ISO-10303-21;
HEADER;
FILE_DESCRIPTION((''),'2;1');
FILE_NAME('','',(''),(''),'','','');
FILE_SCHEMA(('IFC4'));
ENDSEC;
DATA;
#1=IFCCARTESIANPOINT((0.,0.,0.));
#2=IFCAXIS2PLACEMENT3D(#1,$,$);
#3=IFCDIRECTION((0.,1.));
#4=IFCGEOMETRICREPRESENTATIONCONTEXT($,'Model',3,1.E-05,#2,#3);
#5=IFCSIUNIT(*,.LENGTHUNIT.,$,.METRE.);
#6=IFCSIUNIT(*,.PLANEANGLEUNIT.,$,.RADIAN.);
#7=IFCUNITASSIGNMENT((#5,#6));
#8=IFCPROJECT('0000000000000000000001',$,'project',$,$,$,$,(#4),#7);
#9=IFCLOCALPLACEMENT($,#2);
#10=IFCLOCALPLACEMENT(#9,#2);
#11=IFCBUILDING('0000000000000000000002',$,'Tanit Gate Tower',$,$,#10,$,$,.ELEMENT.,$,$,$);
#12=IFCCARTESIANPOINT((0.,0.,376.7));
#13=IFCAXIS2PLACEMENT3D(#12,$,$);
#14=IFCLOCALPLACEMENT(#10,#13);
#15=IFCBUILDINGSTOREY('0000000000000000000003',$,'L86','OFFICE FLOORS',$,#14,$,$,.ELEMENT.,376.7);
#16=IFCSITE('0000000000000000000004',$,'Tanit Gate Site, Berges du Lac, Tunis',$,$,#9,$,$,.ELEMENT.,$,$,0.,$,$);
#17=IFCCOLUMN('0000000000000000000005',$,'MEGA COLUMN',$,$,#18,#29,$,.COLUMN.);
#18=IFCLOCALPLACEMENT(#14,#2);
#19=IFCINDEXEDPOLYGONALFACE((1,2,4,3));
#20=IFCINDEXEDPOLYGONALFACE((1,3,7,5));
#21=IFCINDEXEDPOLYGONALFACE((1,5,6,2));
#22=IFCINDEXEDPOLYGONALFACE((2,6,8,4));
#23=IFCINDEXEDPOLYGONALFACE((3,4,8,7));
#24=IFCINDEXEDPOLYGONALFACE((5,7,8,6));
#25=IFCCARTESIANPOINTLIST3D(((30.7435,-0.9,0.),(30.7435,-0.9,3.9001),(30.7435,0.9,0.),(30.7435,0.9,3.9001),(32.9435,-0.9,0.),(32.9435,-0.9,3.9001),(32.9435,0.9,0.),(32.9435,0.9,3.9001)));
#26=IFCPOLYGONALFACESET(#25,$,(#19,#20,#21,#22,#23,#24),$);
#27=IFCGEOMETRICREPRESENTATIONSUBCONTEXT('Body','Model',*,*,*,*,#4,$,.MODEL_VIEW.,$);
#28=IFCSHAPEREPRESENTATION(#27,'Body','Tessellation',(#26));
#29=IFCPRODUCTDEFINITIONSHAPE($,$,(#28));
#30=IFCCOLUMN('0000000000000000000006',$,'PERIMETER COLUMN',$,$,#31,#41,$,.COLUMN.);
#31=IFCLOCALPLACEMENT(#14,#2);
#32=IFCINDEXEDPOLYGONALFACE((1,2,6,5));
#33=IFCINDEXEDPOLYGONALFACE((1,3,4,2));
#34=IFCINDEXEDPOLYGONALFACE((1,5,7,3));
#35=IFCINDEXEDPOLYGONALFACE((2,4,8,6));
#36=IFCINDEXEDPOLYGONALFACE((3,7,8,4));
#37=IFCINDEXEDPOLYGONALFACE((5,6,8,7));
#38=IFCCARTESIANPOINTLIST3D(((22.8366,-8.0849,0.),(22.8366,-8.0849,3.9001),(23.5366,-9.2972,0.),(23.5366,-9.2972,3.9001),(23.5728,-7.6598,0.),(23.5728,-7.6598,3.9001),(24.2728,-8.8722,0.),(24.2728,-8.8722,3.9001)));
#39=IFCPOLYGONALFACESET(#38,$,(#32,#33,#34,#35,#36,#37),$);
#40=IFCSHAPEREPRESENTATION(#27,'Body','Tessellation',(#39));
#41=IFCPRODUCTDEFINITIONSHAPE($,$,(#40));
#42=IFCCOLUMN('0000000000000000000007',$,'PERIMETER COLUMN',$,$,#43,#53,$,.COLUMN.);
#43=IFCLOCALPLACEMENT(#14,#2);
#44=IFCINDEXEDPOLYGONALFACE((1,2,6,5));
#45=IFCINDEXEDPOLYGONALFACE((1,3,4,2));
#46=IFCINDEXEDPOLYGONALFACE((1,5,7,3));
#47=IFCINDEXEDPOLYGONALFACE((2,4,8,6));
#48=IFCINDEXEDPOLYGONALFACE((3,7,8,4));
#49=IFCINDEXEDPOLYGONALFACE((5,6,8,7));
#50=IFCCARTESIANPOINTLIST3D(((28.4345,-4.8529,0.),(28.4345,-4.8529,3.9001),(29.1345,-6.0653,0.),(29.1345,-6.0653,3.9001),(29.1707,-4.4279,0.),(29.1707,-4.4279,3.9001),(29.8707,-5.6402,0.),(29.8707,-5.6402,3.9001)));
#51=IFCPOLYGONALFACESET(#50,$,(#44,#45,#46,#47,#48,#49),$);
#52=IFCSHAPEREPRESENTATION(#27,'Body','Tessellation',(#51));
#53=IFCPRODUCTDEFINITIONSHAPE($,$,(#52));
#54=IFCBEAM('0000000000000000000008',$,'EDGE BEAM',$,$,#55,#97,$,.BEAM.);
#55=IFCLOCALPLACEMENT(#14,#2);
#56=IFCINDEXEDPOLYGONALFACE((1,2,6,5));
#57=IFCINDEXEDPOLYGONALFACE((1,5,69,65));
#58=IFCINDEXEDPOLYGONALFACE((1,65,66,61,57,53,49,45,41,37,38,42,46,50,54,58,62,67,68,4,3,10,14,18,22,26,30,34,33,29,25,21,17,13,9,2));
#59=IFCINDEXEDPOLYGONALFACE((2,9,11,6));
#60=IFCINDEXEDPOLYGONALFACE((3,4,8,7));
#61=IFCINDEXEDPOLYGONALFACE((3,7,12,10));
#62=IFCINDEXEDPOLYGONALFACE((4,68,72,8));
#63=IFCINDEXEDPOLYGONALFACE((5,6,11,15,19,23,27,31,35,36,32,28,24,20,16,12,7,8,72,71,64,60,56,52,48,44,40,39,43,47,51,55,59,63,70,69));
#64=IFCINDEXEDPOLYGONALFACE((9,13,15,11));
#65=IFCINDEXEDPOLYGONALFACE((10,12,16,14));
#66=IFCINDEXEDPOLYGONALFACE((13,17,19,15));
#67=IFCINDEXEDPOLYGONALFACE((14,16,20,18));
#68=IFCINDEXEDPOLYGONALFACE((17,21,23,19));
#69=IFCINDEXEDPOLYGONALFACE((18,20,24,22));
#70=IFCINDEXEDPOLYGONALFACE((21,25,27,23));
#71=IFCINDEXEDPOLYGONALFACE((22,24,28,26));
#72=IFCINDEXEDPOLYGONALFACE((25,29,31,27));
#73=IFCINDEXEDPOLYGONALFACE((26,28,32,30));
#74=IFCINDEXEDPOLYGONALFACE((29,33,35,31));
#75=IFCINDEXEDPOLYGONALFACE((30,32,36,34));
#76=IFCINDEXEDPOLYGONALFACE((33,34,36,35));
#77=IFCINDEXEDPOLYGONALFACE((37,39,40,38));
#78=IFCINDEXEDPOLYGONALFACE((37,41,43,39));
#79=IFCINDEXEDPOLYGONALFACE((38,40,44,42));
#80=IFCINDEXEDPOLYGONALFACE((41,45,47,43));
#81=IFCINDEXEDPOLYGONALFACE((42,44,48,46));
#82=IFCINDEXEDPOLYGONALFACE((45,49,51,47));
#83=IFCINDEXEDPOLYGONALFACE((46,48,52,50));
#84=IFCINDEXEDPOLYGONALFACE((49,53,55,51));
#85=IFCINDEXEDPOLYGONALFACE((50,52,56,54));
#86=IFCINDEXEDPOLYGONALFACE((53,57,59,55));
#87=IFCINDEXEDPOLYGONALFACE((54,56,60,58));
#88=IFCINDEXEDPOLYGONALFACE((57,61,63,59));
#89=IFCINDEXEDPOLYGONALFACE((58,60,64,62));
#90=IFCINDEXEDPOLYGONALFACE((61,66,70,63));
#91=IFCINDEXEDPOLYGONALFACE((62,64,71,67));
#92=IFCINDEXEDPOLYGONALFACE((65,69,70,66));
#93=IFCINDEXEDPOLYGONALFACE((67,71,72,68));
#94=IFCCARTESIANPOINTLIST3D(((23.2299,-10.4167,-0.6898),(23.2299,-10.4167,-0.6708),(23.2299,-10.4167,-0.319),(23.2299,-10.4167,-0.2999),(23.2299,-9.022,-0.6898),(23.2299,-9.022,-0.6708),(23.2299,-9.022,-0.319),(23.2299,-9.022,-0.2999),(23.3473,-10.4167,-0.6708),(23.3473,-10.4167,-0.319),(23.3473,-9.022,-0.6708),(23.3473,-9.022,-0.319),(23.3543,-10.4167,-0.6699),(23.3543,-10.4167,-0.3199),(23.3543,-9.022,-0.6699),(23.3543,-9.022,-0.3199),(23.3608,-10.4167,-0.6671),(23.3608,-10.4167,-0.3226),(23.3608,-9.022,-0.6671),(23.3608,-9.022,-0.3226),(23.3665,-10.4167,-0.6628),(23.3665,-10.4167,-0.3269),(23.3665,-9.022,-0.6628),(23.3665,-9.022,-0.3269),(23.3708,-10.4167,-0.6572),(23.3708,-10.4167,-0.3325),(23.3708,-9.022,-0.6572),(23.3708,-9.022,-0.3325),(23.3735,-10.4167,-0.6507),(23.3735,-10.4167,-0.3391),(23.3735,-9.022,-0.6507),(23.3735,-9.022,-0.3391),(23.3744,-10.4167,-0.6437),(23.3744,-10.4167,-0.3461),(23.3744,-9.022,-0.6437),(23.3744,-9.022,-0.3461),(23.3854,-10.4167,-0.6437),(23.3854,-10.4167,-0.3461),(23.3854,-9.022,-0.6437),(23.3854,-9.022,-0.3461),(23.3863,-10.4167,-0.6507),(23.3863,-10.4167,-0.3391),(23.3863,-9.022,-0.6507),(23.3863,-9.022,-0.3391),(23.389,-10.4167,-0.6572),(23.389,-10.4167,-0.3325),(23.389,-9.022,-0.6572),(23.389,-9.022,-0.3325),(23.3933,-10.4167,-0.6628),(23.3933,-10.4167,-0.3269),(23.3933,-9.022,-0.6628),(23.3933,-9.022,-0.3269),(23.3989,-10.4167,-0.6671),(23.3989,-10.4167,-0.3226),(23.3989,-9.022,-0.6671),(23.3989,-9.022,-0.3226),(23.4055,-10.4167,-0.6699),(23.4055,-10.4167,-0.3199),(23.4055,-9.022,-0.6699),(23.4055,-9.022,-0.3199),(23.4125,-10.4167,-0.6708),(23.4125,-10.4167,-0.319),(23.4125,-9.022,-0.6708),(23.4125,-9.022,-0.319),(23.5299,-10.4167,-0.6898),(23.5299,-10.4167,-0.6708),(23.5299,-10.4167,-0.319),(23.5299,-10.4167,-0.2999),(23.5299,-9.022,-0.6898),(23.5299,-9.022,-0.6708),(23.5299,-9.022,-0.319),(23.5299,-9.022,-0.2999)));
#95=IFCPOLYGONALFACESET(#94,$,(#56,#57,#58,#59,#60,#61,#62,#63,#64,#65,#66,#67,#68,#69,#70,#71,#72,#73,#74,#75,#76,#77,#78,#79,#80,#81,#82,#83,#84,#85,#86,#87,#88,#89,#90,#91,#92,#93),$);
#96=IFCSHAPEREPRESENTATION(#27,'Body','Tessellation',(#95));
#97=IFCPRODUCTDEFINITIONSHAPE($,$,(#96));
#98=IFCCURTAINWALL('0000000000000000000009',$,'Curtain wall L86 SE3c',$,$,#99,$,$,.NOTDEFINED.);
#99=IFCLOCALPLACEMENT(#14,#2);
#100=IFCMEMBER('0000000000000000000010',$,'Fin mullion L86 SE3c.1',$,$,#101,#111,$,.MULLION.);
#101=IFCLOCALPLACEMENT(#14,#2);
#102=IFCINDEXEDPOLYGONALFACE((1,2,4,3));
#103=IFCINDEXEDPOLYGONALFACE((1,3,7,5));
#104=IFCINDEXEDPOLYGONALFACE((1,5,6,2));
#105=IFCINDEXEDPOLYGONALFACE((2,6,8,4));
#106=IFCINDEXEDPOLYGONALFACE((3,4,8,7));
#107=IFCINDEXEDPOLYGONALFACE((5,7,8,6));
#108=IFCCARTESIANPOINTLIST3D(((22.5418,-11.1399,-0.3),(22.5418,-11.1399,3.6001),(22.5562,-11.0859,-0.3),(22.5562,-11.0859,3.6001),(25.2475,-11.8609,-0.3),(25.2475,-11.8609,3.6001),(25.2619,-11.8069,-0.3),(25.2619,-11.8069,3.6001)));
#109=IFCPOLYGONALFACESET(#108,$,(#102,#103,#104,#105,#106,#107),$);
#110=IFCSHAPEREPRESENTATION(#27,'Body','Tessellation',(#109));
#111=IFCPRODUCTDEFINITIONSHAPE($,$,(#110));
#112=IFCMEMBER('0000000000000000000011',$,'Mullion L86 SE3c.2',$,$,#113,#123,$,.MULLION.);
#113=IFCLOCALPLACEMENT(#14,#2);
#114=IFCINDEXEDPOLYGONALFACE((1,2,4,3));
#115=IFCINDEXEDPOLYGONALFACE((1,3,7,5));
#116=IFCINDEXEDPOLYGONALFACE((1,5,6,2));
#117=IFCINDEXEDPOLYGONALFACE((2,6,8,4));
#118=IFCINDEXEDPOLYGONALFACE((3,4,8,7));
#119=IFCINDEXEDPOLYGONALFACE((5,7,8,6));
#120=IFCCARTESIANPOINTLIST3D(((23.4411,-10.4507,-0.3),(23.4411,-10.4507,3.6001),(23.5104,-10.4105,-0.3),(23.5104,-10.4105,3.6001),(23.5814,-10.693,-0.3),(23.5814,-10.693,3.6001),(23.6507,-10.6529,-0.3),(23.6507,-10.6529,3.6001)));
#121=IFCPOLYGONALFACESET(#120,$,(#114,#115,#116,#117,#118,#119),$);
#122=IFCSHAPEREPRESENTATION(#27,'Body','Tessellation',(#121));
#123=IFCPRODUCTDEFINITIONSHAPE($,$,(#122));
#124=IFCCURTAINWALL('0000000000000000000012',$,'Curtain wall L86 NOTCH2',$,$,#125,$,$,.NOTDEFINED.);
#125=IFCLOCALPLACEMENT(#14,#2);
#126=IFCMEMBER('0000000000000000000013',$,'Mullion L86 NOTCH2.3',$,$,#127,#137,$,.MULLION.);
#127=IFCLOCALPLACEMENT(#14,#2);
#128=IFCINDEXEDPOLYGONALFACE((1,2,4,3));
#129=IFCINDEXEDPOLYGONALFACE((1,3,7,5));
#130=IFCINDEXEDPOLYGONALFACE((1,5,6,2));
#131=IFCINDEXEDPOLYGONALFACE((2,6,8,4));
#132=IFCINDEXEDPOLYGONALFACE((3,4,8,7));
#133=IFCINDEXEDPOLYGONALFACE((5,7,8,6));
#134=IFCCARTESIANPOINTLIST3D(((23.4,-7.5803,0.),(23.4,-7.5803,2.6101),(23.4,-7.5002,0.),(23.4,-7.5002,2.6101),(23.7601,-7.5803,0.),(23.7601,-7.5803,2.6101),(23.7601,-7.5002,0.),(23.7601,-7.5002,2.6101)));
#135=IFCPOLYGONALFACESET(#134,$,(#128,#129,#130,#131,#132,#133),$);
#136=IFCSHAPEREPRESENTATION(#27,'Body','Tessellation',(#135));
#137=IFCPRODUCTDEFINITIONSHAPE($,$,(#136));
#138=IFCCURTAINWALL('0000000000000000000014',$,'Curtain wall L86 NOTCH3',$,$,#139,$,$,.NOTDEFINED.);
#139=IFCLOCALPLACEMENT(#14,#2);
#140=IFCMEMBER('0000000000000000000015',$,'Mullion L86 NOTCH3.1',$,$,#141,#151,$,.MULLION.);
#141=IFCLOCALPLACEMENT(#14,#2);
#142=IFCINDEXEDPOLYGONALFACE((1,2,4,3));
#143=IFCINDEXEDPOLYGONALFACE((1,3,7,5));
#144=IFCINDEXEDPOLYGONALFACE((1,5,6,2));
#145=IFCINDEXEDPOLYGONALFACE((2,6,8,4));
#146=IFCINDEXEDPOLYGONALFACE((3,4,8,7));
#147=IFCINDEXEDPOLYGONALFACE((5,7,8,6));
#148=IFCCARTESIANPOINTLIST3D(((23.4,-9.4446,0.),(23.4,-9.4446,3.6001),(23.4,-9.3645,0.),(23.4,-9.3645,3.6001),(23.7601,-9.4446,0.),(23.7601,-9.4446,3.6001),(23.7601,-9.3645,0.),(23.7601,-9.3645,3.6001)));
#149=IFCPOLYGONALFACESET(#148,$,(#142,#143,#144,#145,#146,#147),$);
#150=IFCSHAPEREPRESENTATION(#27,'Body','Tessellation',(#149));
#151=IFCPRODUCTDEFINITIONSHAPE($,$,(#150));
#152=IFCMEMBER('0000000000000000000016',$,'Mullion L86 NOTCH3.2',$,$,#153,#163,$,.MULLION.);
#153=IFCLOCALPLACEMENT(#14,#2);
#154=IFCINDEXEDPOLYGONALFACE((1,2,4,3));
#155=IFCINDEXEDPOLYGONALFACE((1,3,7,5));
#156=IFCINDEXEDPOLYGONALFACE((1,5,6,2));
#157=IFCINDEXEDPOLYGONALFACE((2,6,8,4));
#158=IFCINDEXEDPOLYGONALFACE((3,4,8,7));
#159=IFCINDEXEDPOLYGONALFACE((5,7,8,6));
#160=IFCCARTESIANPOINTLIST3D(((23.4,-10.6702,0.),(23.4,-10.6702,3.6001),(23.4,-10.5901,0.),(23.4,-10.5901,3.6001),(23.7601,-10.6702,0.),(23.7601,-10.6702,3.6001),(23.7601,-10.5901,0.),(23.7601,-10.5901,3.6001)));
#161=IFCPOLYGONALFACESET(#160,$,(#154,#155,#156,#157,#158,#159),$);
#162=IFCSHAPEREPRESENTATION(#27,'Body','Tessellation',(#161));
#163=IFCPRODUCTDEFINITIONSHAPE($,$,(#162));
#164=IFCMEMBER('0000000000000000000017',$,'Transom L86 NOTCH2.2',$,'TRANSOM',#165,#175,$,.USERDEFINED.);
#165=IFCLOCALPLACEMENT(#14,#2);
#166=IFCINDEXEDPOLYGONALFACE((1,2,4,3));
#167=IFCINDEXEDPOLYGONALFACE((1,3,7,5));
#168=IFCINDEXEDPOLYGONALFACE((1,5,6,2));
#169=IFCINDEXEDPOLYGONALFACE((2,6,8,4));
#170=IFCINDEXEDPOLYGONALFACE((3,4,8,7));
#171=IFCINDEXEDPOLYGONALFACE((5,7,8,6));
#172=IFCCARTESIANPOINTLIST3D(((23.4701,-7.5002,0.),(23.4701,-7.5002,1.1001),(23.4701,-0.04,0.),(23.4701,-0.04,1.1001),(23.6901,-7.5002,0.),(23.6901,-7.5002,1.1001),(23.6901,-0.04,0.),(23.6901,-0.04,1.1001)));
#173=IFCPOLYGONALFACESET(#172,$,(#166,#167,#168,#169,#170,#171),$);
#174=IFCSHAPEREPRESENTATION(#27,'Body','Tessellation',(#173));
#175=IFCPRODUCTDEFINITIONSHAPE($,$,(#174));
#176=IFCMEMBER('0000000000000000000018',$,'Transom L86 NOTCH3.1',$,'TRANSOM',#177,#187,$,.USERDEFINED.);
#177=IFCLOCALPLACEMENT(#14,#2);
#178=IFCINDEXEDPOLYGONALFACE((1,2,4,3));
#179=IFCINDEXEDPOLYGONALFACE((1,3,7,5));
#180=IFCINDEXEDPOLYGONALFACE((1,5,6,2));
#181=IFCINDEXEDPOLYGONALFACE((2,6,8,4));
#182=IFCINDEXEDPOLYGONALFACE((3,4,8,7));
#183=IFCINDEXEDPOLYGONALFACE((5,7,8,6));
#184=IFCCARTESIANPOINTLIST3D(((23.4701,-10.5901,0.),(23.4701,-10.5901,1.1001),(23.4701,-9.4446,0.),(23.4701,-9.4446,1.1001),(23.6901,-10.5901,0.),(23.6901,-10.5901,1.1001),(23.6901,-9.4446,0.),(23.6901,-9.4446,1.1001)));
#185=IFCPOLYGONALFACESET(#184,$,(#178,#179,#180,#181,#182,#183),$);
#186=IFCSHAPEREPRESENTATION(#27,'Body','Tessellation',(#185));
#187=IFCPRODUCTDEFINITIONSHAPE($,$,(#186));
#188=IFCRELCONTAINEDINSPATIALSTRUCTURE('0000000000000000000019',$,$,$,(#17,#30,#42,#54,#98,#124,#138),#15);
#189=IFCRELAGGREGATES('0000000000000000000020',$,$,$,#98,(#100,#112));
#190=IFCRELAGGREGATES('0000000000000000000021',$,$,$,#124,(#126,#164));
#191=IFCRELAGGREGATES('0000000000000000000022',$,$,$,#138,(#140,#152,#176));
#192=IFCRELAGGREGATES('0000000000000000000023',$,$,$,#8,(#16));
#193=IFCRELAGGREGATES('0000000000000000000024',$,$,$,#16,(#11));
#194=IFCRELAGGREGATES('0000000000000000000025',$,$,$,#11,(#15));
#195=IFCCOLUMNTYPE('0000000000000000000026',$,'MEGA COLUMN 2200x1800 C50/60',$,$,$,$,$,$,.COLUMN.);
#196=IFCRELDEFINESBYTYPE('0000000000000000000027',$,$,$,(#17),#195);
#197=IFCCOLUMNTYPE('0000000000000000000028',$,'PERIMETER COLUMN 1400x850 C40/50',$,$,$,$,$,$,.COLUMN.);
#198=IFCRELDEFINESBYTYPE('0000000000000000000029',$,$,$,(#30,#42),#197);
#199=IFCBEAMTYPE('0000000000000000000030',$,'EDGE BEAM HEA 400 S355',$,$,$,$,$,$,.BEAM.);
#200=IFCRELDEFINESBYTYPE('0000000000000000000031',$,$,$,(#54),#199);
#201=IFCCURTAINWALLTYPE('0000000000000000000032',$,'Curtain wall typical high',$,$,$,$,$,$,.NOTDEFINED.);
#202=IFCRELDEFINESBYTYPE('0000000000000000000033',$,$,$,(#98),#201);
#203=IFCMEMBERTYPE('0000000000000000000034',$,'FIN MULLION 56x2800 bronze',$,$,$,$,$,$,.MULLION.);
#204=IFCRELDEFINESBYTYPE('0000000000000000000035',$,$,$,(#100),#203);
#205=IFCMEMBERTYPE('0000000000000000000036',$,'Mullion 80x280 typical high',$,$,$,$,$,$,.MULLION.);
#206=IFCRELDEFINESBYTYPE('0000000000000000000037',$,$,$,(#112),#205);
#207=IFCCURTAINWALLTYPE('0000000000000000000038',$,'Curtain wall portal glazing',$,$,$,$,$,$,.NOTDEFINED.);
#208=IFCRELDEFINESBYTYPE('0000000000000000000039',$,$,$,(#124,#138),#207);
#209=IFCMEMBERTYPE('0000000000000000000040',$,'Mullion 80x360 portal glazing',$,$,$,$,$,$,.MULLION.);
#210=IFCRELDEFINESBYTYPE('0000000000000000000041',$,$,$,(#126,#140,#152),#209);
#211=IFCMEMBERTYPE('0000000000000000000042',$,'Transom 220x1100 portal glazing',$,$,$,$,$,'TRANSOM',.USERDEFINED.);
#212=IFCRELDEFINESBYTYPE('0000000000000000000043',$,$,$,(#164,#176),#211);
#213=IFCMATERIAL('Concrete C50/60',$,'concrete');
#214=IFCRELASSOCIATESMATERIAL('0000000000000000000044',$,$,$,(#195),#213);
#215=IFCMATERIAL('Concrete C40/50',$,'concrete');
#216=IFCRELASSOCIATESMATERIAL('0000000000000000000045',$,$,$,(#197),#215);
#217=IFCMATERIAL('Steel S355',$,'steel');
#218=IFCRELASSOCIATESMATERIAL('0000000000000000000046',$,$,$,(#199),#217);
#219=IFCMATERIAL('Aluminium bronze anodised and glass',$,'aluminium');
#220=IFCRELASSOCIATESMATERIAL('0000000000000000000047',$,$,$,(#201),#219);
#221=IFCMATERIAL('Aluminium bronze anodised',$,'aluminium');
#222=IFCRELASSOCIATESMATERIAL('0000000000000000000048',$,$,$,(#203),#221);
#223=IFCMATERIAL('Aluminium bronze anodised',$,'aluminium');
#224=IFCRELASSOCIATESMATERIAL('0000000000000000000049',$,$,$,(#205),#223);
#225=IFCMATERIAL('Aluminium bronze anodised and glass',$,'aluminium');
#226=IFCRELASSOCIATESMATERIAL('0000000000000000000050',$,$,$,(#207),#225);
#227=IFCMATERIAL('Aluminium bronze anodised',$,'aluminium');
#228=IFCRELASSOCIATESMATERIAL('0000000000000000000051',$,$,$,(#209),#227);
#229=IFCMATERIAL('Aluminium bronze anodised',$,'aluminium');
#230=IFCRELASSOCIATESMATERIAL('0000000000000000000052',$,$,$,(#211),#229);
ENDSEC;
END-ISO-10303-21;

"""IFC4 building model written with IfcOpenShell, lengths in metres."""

from ifc_helpers import new_model, si_unit, direction, frame, origin, origin_2d, place, context, subcontext, project, spatial, rectangle, i_section, extrude, material, material_profile, profile_set, type_object, element, aggregate, save


model = new_model("IFC4")

# Units and contexts
model_context = context("Model", 3, precision=1e-05, world=origin(), true_north=direction((0.0, 1.0)))
body_context = subcontext(model_context, "Body", "Model", "MODEL_VIEW")
ifc_project = project(units=[si_unit("LENGTHUNIT", "METRE"), si_unit("PLANEANGLEUNIT", "RADIAN")], contexts=[model_context])

# Site, building, storey
site_placement = place(None, origin())
site = spatial("IfcSite", under=ifc_project, at=site_placement, Name="Tanit Gate Site, Berges du Lac, Tunis", CompositionType="ELEMENT", RefElevation=0.0)
building_placement = place(site_placement, origin())
building = spatial("IfcBuilding", under=site, at=building_placement, Name="Tanit Gate Tower", CompositionType="ELEMENT")
storey_placement = place(building_placement, frame((0.0, 0.0, 376.7)))
storey = spatial("IfcBuildingStorey", under=building, at=storey_placement, Name="L86", Description="OFFICE FLOORS", CompositionType="ELEMENT", Elevation=376.7)

# Columns
ifc_material_1 = material(Name="Concrete C50/60", Category="concrete")
ifc_material_profile_1 = material_profile(ifc_material_1, rectangle(XDim=2.2, YDim=1.8, at=origin_2d()), Name="RC 2200x1800")
ifc_profile_set_1 = profile_set([ifc_material_profile_1], Name="Concrete C50/60")
column_type_1 = type_object("IfcColumnType", Name="MEGA COLUMN 2200x1800 C50/60", PredefinedType="COLUMN", material=ifc_profile_set_1)
column_placement = place(storey_placement, frame((31.8435, 0.0, 0.0), z_axis=(0.0, 0.0, 1.0), x_axis=(1.0, 0.0, 0.0)))
element("IfcColumn", 1, at=column_placement, inside=storey, type_object=column_type_1, Name="MEGA COLUMN", PredefinedType="COLUMN", context=body_context, shape_type="SweptSolid", body=[
    extrude(rectangle(XDim=2.2, YDim=1.8, at=origin_2d()), origin(), (0.0, 0.0, 1.0), 3.9001),
])
ifc_material_2 = material(Name="Concrete C40/50", Category="concrete")
ifc_material_profile_2 = material_profile(ifc_material_2, rectangle(XDim=1.3999, YDim=0.8501, at=origin_2d()), Name="RC 1400x850")
ifc_profile_set_2 = profile_set([ifc_material_profile_2], Name="Concrete C40/50")
column_type_2 = type_object("IfcColumnType", Name="PERIMETER COLUMN 1400x850 C40/50", PredefinedType="COLUMN", material=ifc_profile_set_2)
for number, where, z_axis, x_axis, name in (
    (2, (23.5547, -8.4785, 0.0), (0.0, 0.0, 1.0), (0.5, -0.866025, 0.0), "PERIMETER COLUMN"),
    (3, (29.1526, -5.2466, 0.0), (0.0, 0.0, 1.0), (0.5, -0.866025, 0.0), "PERIMETER COLUMN"),
):
    element("IfcColumn", number, at=place(storey_placement, frame(where, z_axis=z_axis, x_axis=x_axis)), inside=storey, type_object=column_type_2, Name=name, PredefinedType="COLUMN", context=body_context, shape_type="SweptSolid", body=[
        extrude(rectangle(XDim=1.3999, YDim=0.8501, at=origin_2d()), origin(), (0.0, 0.0, 1.0), 3.9001),
    ])

# Beam
ifc_material_3 = material(Name="Steel S355", Category="steel")
ifc_material_profile_3 = material_profile(ifc_material_3, i_section(OverallWidth=0.3, OverallDepth=0.3899, WebThickness=0.011, FlangeThickness=0.019, FilletRadius=0.0271, at=origin_2d()), Name="HEA 400")
ifc_profile_set_3 = profile_set([ifc_material_profile_3], Name="Steel S355")
beam_type = type_object("IfcBeamType", Name="EDGE BEAM HEA 400 S355", PredefinedType="BEAM", material=ifc_profile_set_3)
beam_placement = place(storey_placement, frame((23.3799, -9.022, -0.4949), z_axis=(0.0, -1.0, 0.0), x_axis=(1.0, 0.0, 0.0)))
element("IfcBeam", 4, at=beam_placement, inside=storey, type_object=beam_type, Name="EDGE BEAM", PredefinedType="BEAM", context=body_context, shape_type="SweptSolid", body=[
    extrude(i_section(OverallWidth=0.3, OverallDepth=0.3899, WebThickness=0.011, FlangeThickness=0.019, FilletRadius=0.0271, at=origin_2d()), origin(), (0.0, 0.0, 1.0), 1.3948),
])

# Curtain wall, members
ifc_material_4 = material(Name="Aluminium bronze anodised and glass", Category="aluminium")
curtain_wall_type_1 = type_object("IfcCurtainWallType", Name="Curtain wall typical high", PredefinedType="NOTDEFINED", material=ifc_material_4)
curtain_wall_1_placement = place(storey_placement, origin())
curtain_wall_1 = element("IfcCurtainWall", 5, at=curtain_wall_1_placement, inside=storey, type_object=curtain_wall_type_1, Name="Curtain wall L86 SE3c", PredefinedType="NOTDEFINED")
ifc_material_5 = material(Name="Aluminium bronze anodised", Category="aluminium")
ifc_material_profile_4 = material_profile(ifc_material_5, rectangle(XDim=2.8, YDim=0.0559, at=origin_2d()), Name="56x2800 bronze fin mullion")
ifc_profile_set_4 = profile_set([ifc_material_profile_4], Name="Aluminium bronze anodised")
member_type_1 = type_object("IfcMemberType", Name="FIN MULLION 56x2800 bronze", PredefinedType="MULLION", material=ifc_profile_set_4)
member_1_placement = place(storey_placement, frame((23.9019, -11.4734, -0.3), z_axis=(0.0, 0.0, 1.0), x_axis=(-0.96628, 0.257494, 0.0)))
member_1 = element("IfcMember", 6, at=member_1_placement, type_object=member_type_1, Name="Fin mullion L86 SE3c.1", PredefinedType="MULLION", context=body_context, shape_type="SweptSolid", body=[
    extrude(rectangle(XDim=2.8, YDim=0.0559, at=origin_2d()), origin(), (0.0, 0.0, 1.0), 3.9001),
])
ifc_material_6 = material(Name="Aluminium bronze anodised", Category="aluminium")
ifc_material_profile_5 = material_profile(ifc_material_6, rectangle(XDim=0.28, YDim=0.0801, at=origin_2d()), Name="80x280 bronze mullion")
ifc_profile_set_5 = profile_set([ifc_material_profile_5], Name="Aluminium bronze anodised")
member_type_2 = type_object("IfcMemberType", Name="Mullion 80x280 typical high", PredefinedType="MULLION", material=ifc_profile_set_5)
member_2_placement = place(storey_placement, frame((23.5459, -10.5518, -0.3), z_axis=(0.0, 0.0, 1.0), x_axis=(-0.501188, 0.865339, 0.0)))
member_2 = element("IfcMember", 7, at=member_2_placement, type_object=member_type_2, Name="Mullion L86 SE3c.2", PredefinedType="MULLION", context=body_context, shape_type="SweptSolid", body=[
    extrude(rectangle(XDim=0.28, YDim=0.0801, at=origin_2d()), origin(), (0.0, 0.0, 1.0), 3.9001),
])
aggregate(curtain_wall_1, [member_1, member_2])

# Curtain wall, member
ifc_material_7 = material(Name="Aluminium bronze anodised and glass", Category="aluminium")
curtain_wall_type_2 = type_object("IfcCurtainWallType", Name="Curtain wall portal glazing", PredefinedType="NOTDEFINED", material=ifc_material_7)
curtain_wall_2_placement = place(storey_placement, origin())
curtain_wall_2 = element("IfcCurtainWall", 8, at=curtain_wall_2_placement, inside=storey, type_object=curtain_wall_type_2, Name="Curtain wall L86 NOTCH2", PredefinedType="NOTDEFINED")
ifc_material_8 = material(Name="Aluminium bronze anodised", Category="aluminium")
ifc_material_profile_6 = material_profile(ifc_material_8, rectangle(XDim=0.3601, YDim=0.0801, at=origin_2d()), Name="80x360 bronze mullion")
ifc_profile_set_6 = profile_set([ifc_material_profile_6], Name="Aluminium bronze anodised")
member_type_3 = type_object("IfcMemberType", Name="Mullion 80x360 portal glazing", PredefinedType="MULLION", material=ifc_profile_set_6)
member_3_placement = place(storey_placement, frame((23.5801, -7.5403, 0.0), z_axis=(0.0, 0.0, 1.0), x_axis=(1.0, 0.0, 0.0)))
member_3 = element("IfcMember", 9, at=member_3_placement, type_object=member_type_3, Name="Mullion L86 NOTCH2.3", PredefinedType="MULLION", context=body_context, shape_type="SweptSolid", body=[
    extrude(rectangle(XDim=0.3601, YDim=0.0801, at=origin_2d()), origin(), (0.0, 0.0, 1.0), 2.6101),
])

# Curtain wall, members
curtain_wall_3_placement = place(storey_placement, origin())
curtain_wall_3 = element("IfcCurtainWall", 10, at=curtain_wall_3_placement, inside=storey, type_object=curtain_wall_type_2, Name="Curtain wall L86 NOTCH3", PredefinedType="NOTDEFINED")
member_4_placement = place(storey_placement, frame((23.5801, -9.4045, 0.0), z_axis=(0.0, 0.0, 1.0), x_axis=(1.0, 0.0, 0.0)))
member_4 = element("IfcMember", 11, at=member_4_placement, type_object=member_type_3, Name="Mullion L86 NOTCH3.1", PredefinedType="MULLION", context=body_context, shape_type="SweptSolid", body=[
    extrude(rectangle(XDim=0.3601, YDim=0.0801, at=origin_2d()), origin(), (0.0, 0.0, 1.0), 3.6001),
])
member_5_placement = place(storey_placement, frame((23.5801, -10.6301, 0.0), z_axis=(0.0, 0.0, 1.0), x_axis=(1.0, 0.0, 0.0)))
member_5 = element("IfcMember", 12, at=member_5_placement, type_object=member_type_3, Name="Mullion L86 NOTCH3.2", PredefinedType="MULLION", context=body_context, shape_type="SweptSolid", body=[
    extrude(rectangle(XDim=0.3601, YDim=0.0801, at=origin_2d()), origin(), (0.0, 0.0, 1.0), 3.6001),
])

# Members
ifc_material_9 = material(Name="Aluminium bronze anodised", Category="aluminium")
ifc_material_profile_7 = material_profile(ifc_material_9, rectangle(XDim=0.22, YDim=1.1001, at=origin_2d()), Name="220x1100 bronze transom")
ifc_profile_set_7 = profile_set([ifc_material_profile_7], Name="Aluminium bronze anodised")
member_type_4 = type_object("IfcMemberType", Name="Transom 220x1100 portal glazing", ElementType="TRANSOM", PredefinedType="USERDEFINED", material=ifc_profile_set_7)
member_6_placement = place(storey_placement, frame((23.5801, -0.04, 0.55), z_axis=(0.0, -1.0, 0.0), x_axis=(1.0, 0.0, 0.0)))
member_6 = element("IfcMember", 13, at=member_6_placement, type_object=member_type_4, Name="Transom L86 NOTCH2.2", ObjectType="TRANSOM", PredefinedType="USERDEFINED", context=body_context, shape_type="SweptSolid", body=[
    extrude(rectangle(XDim=0.22, YDim=1.1001, at=origin_2d()), origin(), (0.0, 0.0, 1.0), 7.4602),
])
member_7_placement = place(storey_placement, frame((23.5801, -9.4446, 0.55), z_axis=(0.0, -1.0, 0.0), x_axis=(1.0, 0.0, 0.0)))
member_7 = element("IfcMember", 14, at=member_7_placement, type_object=member_type_4, Name="Transom L86 NOTCH3.1", ObjectType="TRANSOM", PredefinedType="USERDEFINED", context=body_context, shape_type="SweptSolid", body=[
    extrude(rectangle(XDim=0.22, YDim=1.1001, at=origin_2d()), origin(), (0.0, 0.0, 1.0), 1.1455),
])

aggregate(curtain_wall_2, [member_3, member_6])
aggregate(curtain_wall_3, [member_4, member_5, member_7])

save(model, "model.ifc")
